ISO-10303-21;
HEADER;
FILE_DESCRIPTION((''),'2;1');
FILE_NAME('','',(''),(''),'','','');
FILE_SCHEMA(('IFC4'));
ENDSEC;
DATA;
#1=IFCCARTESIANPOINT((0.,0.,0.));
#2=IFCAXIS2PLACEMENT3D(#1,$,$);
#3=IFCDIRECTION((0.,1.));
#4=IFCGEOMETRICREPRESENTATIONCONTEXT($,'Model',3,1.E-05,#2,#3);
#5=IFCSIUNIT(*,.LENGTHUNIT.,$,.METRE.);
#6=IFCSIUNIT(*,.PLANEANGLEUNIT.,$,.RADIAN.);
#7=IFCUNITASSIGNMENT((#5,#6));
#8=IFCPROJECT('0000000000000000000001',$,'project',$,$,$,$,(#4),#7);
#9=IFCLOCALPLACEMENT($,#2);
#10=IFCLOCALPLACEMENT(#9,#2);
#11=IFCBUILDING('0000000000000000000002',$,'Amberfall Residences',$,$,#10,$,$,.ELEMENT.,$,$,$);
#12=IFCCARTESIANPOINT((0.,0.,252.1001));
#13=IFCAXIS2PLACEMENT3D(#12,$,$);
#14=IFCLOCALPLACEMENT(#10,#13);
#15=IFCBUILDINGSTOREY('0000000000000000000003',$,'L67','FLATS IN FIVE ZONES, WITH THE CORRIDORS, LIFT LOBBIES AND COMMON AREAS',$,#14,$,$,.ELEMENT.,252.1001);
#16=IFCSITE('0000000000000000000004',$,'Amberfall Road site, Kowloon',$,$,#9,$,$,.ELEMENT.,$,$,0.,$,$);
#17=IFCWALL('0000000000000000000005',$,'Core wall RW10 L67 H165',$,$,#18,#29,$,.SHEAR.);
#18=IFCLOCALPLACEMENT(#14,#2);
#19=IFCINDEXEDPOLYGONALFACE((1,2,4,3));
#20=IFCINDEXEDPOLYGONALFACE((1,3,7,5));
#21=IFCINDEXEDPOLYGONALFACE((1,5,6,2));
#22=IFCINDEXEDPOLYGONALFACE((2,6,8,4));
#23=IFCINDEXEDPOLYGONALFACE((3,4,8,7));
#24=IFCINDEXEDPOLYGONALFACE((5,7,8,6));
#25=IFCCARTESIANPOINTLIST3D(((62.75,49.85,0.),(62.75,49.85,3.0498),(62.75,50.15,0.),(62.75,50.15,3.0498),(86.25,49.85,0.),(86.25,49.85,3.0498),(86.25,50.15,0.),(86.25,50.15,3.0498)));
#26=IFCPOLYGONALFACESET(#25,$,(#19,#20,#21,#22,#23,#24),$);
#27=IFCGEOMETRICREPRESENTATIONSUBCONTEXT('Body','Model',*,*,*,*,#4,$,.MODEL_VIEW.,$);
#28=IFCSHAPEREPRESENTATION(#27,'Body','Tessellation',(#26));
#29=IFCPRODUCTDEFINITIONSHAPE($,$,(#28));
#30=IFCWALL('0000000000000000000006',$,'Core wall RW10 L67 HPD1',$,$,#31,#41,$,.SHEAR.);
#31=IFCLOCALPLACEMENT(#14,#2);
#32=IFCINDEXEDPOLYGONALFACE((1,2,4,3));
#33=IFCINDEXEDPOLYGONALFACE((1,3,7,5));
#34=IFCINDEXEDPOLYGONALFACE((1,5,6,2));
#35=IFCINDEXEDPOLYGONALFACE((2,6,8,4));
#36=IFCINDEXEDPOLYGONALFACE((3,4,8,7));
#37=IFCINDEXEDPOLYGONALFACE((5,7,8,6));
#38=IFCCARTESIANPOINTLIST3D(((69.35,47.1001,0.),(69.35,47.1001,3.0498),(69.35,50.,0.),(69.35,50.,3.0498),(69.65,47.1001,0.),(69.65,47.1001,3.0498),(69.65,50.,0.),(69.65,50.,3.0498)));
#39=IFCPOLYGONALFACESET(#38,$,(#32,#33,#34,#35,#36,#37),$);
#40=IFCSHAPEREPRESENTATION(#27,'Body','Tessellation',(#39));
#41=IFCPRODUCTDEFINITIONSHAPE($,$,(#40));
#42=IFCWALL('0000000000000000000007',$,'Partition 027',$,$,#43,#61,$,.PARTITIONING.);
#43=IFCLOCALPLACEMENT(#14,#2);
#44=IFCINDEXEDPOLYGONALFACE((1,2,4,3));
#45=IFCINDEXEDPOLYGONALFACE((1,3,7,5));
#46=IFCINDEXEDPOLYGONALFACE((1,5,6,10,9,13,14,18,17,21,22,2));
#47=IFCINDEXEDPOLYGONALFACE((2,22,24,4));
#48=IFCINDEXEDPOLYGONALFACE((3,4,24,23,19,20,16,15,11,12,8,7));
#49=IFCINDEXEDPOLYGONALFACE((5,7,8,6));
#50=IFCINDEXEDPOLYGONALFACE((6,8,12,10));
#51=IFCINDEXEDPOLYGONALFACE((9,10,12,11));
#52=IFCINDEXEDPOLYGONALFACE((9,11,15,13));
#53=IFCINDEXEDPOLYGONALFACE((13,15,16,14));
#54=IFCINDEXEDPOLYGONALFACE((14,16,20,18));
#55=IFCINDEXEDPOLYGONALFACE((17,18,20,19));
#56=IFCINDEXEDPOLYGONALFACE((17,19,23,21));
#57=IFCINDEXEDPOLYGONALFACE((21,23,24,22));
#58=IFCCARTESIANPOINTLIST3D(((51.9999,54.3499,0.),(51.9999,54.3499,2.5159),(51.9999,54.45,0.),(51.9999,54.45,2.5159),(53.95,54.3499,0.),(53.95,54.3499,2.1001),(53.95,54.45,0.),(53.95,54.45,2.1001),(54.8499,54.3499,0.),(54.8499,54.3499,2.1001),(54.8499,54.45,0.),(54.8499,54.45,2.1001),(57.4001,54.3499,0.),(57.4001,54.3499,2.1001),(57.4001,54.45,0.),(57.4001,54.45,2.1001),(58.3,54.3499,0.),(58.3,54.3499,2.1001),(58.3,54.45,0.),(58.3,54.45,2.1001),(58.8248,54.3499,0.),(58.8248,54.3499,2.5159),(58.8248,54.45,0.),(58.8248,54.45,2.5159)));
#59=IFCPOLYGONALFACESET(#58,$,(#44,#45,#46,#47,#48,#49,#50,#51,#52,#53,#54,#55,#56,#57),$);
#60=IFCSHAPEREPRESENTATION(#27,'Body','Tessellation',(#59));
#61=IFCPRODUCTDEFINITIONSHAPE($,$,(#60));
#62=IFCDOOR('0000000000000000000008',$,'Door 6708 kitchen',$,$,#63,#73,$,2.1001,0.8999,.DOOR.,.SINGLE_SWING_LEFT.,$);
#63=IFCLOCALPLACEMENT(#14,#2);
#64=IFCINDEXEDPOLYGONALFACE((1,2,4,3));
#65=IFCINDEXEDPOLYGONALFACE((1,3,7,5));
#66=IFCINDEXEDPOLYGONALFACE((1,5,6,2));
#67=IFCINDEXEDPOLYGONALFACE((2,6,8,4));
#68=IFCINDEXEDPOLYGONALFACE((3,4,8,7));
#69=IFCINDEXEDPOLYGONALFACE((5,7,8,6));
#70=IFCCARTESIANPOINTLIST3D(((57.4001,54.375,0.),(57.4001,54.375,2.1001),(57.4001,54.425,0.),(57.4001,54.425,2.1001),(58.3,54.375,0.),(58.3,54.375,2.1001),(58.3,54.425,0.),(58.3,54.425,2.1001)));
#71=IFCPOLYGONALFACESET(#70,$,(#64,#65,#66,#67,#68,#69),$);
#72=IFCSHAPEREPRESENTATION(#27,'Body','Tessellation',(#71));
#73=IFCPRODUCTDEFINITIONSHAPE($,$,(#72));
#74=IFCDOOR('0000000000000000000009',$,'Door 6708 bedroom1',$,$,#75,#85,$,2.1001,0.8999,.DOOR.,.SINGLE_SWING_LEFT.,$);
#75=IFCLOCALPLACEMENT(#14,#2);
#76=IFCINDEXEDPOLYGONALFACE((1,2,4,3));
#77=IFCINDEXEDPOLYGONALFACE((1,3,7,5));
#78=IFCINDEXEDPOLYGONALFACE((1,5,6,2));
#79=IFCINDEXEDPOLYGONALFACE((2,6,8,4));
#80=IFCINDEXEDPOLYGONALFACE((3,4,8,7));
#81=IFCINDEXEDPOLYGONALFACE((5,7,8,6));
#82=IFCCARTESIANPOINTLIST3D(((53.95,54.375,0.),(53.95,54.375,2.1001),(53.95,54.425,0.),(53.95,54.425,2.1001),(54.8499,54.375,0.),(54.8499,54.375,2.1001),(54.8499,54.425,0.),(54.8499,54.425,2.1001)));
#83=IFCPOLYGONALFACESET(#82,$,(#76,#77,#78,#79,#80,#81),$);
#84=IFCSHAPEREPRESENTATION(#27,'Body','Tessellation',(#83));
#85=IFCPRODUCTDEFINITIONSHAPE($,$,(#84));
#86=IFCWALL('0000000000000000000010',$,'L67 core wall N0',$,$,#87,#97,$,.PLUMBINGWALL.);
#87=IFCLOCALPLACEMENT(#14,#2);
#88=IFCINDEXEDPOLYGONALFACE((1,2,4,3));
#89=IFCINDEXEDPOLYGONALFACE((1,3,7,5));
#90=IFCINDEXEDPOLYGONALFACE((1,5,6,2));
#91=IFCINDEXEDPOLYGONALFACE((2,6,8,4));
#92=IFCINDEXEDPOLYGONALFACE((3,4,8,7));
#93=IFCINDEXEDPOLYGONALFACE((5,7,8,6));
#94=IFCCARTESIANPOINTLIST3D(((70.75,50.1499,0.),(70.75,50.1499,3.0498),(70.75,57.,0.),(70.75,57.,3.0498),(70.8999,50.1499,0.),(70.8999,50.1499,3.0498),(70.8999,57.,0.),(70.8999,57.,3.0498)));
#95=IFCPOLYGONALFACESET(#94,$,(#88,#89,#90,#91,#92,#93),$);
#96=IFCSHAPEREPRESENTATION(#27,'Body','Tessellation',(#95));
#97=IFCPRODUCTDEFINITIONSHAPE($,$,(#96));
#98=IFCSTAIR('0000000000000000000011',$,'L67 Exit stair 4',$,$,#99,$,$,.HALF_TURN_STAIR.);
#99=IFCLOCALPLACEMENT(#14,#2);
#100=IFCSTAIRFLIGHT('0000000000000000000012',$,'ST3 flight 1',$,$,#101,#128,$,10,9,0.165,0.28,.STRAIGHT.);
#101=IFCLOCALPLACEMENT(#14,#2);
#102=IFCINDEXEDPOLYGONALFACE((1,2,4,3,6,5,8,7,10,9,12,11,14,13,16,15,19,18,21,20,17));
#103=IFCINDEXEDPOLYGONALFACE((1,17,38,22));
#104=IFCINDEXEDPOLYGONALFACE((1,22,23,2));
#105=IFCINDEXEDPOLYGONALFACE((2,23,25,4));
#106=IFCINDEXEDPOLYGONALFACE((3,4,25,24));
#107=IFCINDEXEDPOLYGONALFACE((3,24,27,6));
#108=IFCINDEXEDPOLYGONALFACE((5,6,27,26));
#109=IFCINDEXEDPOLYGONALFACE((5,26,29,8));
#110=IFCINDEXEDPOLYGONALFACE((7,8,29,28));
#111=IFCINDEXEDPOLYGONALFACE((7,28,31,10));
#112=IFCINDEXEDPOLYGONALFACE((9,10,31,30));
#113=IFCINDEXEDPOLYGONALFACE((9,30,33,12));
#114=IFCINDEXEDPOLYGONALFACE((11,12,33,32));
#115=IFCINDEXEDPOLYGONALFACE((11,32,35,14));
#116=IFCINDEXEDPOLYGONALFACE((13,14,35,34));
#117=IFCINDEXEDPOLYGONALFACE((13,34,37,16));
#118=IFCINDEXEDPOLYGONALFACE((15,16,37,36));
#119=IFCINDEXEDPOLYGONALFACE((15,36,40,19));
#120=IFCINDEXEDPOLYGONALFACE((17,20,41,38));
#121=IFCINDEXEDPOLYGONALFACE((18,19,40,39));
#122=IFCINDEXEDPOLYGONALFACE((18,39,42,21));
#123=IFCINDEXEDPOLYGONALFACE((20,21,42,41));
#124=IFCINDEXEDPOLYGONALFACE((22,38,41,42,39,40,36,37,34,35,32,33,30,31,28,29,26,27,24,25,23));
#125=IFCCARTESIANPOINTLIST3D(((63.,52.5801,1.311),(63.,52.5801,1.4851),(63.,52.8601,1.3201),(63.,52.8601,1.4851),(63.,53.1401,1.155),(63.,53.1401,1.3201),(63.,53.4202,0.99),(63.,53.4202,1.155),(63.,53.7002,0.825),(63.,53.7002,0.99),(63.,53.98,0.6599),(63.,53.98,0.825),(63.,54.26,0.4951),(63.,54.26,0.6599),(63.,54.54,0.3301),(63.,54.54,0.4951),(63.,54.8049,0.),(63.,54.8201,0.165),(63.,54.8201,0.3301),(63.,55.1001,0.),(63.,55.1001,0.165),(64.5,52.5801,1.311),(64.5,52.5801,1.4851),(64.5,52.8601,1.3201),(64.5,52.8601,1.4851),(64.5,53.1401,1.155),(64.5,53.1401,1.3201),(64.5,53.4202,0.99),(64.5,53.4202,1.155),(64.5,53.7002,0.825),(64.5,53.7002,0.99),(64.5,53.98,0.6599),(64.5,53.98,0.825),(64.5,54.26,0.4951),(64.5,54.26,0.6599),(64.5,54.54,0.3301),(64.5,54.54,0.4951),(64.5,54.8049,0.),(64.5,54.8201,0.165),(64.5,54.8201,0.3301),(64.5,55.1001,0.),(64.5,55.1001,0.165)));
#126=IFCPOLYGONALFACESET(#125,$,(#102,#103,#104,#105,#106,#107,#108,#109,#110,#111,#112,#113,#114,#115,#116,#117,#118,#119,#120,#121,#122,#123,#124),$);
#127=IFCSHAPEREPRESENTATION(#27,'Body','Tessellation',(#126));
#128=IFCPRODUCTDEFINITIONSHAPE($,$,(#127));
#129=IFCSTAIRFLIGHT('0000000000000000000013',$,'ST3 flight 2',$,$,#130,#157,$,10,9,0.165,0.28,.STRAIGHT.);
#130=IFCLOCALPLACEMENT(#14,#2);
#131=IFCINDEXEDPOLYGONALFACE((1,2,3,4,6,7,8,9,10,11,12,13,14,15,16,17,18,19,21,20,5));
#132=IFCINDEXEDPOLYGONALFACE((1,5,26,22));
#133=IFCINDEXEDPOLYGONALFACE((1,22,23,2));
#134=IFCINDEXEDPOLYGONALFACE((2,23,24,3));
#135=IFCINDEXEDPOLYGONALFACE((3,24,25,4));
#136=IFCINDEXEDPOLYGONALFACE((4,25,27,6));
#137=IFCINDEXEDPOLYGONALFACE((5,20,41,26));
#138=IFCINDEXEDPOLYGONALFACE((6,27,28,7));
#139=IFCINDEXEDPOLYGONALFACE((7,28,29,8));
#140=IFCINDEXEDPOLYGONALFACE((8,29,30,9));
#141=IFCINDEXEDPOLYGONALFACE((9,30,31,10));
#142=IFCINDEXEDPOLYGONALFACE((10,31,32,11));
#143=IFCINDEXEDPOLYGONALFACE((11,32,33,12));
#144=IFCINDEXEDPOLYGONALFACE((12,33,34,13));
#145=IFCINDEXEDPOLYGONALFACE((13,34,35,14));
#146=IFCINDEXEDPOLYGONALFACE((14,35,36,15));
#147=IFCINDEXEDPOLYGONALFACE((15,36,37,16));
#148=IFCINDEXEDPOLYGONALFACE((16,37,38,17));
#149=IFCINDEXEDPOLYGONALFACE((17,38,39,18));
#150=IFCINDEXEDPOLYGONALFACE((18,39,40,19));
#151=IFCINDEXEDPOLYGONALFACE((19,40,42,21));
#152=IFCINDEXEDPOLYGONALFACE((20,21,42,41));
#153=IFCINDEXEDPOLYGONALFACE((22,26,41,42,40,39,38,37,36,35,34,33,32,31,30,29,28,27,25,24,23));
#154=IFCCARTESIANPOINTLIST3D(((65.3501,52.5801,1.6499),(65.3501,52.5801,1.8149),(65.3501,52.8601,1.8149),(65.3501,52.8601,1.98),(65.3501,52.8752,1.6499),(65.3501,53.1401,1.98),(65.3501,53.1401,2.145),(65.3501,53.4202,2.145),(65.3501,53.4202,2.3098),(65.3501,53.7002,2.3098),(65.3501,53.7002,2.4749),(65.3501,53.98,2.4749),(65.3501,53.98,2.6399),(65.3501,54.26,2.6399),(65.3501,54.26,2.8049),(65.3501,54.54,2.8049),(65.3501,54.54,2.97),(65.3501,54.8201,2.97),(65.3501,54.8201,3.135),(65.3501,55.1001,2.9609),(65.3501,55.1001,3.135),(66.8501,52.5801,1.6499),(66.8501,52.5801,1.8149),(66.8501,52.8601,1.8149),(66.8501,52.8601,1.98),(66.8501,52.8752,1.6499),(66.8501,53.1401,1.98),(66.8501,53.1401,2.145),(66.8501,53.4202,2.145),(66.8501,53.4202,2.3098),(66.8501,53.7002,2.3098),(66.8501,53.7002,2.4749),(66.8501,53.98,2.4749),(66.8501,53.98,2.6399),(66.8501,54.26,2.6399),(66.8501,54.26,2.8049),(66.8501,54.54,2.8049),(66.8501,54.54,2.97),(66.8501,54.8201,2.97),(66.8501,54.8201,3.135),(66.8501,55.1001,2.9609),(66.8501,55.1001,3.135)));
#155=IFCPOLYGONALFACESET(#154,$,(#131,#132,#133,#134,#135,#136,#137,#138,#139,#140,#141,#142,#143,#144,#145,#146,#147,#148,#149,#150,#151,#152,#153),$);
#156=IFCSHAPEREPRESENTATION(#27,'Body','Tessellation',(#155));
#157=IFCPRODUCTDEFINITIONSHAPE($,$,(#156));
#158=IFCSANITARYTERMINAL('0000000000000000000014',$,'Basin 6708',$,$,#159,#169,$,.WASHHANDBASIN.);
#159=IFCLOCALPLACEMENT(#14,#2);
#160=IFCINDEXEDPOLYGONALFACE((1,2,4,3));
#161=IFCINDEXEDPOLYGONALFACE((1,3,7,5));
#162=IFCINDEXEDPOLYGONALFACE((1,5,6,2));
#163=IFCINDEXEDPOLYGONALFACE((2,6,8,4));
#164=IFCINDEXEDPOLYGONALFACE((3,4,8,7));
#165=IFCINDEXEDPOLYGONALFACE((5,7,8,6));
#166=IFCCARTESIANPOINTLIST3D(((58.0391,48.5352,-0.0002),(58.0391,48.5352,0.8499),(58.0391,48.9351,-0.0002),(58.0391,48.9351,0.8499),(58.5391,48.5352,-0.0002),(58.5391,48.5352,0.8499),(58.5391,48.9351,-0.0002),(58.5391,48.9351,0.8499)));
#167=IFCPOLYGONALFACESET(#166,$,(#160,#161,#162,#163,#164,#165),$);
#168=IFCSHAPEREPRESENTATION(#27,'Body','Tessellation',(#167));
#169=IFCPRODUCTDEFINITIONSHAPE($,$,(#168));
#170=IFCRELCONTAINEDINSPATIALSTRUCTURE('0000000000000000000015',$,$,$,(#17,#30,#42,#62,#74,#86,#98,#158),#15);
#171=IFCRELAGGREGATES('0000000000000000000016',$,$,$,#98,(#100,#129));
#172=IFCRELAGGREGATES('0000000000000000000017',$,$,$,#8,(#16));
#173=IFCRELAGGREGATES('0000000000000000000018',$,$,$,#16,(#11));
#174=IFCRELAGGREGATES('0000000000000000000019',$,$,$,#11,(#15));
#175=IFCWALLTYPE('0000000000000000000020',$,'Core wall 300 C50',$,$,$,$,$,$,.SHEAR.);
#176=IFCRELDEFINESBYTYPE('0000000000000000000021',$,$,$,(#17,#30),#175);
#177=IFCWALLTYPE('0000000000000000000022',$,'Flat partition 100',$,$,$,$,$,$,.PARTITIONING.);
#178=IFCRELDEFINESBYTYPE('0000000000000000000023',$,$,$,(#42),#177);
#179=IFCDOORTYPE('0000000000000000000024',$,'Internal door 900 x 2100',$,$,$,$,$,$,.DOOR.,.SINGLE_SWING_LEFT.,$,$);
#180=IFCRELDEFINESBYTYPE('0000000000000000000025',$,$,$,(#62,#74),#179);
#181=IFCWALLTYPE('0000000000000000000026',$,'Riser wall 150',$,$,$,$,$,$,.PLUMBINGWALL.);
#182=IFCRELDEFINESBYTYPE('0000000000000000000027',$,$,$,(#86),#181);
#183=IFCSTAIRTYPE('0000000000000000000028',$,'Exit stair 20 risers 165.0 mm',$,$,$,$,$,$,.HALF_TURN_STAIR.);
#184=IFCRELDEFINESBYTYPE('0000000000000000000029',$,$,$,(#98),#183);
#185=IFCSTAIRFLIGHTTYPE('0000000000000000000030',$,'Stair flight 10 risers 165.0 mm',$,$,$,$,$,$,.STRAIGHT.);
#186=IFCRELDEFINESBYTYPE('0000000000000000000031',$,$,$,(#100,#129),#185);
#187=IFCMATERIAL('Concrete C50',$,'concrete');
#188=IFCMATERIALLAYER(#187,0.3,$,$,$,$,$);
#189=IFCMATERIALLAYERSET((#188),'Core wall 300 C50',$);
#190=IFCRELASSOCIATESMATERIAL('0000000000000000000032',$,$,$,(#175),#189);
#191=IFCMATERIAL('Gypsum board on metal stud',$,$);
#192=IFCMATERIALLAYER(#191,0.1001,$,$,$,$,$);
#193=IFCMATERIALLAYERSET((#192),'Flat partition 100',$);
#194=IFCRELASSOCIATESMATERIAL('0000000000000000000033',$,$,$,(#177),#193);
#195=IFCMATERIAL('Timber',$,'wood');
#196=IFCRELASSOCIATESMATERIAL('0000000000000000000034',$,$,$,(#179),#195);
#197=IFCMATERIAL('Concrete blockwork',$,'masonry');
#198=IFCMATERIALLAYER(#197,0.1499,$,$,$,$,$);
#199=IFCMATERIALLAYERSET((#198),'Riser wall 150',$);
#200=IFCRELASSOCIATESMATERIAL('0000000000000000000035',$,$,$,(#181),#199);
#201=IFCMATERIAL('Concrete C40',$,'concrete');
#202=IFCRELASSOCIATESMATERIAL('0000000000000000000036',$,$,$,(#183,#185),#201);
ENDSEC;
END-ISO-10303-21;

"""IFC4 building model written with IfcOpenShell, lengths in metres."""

from ifc_helpers import new_model, si_unit, direction, frame, frame_2d, origin, origin_2d, place, context, subcontext, project, spatial, polyline, rectangle, outline, extrude, material, layer, layer_set, type_object, element, fill, aggregate, save


model = new_model("IFC4")

# Units and contexts
model_context = context("Model", 3, precision=1e-05, world=origin(), true_north=direction((0.0, 1.0)))
body_context = subcontext(model_context, "Body", "Model", "MODEL_VIEW")
ifc_project = project(units=[si_unit("LENGTHUNIT", "METRE"), si_unit("PLANEANGLEUNIT", "RADIAN")], contexts=[model_context])

# Site, building, storey
site_placement = place(None, origin())
site = spatial("IfcSite", under=ifc_project, at=site_placement, Name="Amberfall Road site, Kowloon", CompositionType="ELEMENT", RefElevation=0.0)
building_placement = place(site_placement, origin())
building = spatial("IfcBuilding", under=site, at=building_placement, Name="Amberfall Residences", CompositionType="ELEMENT")
storey_placement = place(building_placement, frame((0.0, 0.0, 252.1001)))
storey = spatial("IfcBuildingStorey", under=building, at=storey_placement, Name="L67", Description="FLATS IN FIVE ZONES, WITH THE CORRIDORS, LIFT LOBBIES AND COMMON AREAS", CompositionType="ELEMENT", Elevation=252.1001)

# Walls
ifc_material_1 = material(Name="Concrete C50", Category="concrete")
ifc_layer_1 = layer(ifc_material_1, 0.3)
ifc_layer_set_1 = layer_set([ifc_layer_1], Name="Core wall 300 C50")
wall_type_1 = type_object("IfcWallType", Name="Core wall 300 C50", PredefinedType="SHEAR", material=ifc_layer_set_1)
wall_1_placement = place(storey_placement, frame((62.75, 50.0, 0.0), z_axis=(0.0, 0.0, 1.0), x_axis=(1.0, 0.0, 0.0)))
element("IfcWall", 1, at=wall_1_placement, inside=storey, type_object=wall_type_1, Name="Core wall RW10 L67 H165", PredefinedType="SHEAR", context=body_context, shape_type="SweptSolid", body=[
    extrude(rectangle(XDim=23.5, YDim=0.3, at=frame_2d((11.75, 0.0))), origin(), (0.0, 0.0, 1.0), 3.0498),
])
wall_2_placement = place(storey_placement, frame((69.5, 47.1001, 0.0), z_axis=(0.0, 0.0, 1.0), x_axis=(0.0, 1.0, 0.0)))
element("IfcWall", 2, at=wall_2_placement, inside=storey, type_object=wall_type_1, Name="Core wall RW10 L67 HPD1", PredefinedType="SHEAR", context=body_context, shape_type="SweptSolid", body=[
    extrude(rectangle(XDim=2.8999, YDim=0.3, at=frame_2d((1.45, 0.0))), origin(), (0.0, 0.0, 1.0), 3.0498),
])

# Wall, openings, doors
ifc_material_2 = material(Name="Gypsum board on metal stud")
ifc_layer_2 = layer(ifc_material_2, 0.1001)
ifc_layer_set_2 = layer_set([ifc_layer_2], Name="Flat partition 100")
wall_type_2 = type_object("IfcWallType", Name="Flat partition 100", PredefinedType="PARTITIONING", material=ifc_layer_set_2)
wall_3_placement = place(storey_placement, frame((58.825, 54.3999, 0.0), z_axis=(0.0, 0.0, 1.0), x_axis=(-1.0, 0.0, 0.0)))
wall_3 = element("IfcWall", 3, at=wall_3_placement, inside=storey, type_object=wall_type_2, Name="Partition 027", PredefinedType="PARTITIONING", context=body_context, shape_type="SweptSolid", body=[
    extrude(rectangle(XDim=6.825, YDim=0.1001, at=frame_2d((3.4126, 0.0))), origin(), (0.0, 0.0, 1.0), 2.5159),
])
opening_1_placement = place(wall_3_placement, frame((0.5249, 0.0, 0.0)))
opening_1 = element("IfcOpeningElement", 4, at=opening_1_placement, cuts=wall_3, PredefinedType="OPENING", context=body_context, shape_type="SweptSolid", body=[
    extrude(rectangle(XDim=0.8999, YDim=2.1001, at=frame_2d((0.45, 1.05))), frame((0.0, 0.0601, 0.0), z_axis=(0.0, -1.0, 0.0), x_axis=(1.0, 0.0, 0.0)), (0.0, 0.0, 1.0), 0.1201),
])
opening_2_placement = place(wall_3_placement, frame((3.9751, 0.0, 0.0)))
opening_2 = element("IfcOpeningElement", 5, at=opening_2_placement, cuts=wall_3, PredefinedType="OPENING", context=body_context, shape_type="SweptSolid", body=[
    extrude(rectangle(XDim=0.8999, YDim=2.1001, at=frame_2d((0.45, 1.05))), frame((0.0, 0.0601, 0.0), z_axis=(0.0, -1.0, 0.0), x_axis=(1.0, 0.0, 0.0)), (0.0, 0.0, 1.0), 0.1201),
])
ifc_material_3 = material(Name="Timber", Category="wood")
door_type = type_object("IfcDoorType", Name="Internal door 900 x 2100", OperationType="SINGLE_SWING_LEFT", PredefinedType="DOOR", material=ifc_material_3)
door_1_placement = place(opening_1_placement, origin())
door_1 = element("IfcDoor", 6, at=door_1_placement, inside=storey, type_object=door_type, Name="Door 6708 kitchen", OperationType="SINGLE_SWING_LEFT", OverallHeight=2.1001, OverallWidth=0.8999, PredefinedType="DOOR", context=body_context, shape_type="SweptSolid", body=[
    extrude(rectangle(XDim=0.8999, YDim=2.1001, at=frame_2d((0.45, 1.05))), frame((0.0, 0.0249, 0.0), z_axis=(0.0, -1.0, 0.0), x_axis=(1.0, 0.0, 0.0)), (0.0, 0.0, 1.0), 0.05),
])
fill(opening_1, door_1)
door_2_placement = place(opening_2_placement, origin())
door_2 = element("IfcDoor", 7, at=door_2_placement, inside=storey, type_object=door_type, Name="Door 6708 bedroom1", OperationType="SINGLE_SWING_LEFT", OverallHeight=2.1001, OverallWidth=0.8999, PredefinedType="DOOR", context=body_context, shape_type="SweptSolid", body=[
    extrude(rectangle(XDim=0.8999, YDim=2.1001, at=frame_2d((0.45, 1.05))), frame((0.0, 0.0249, 0.0), z_axis=(0.0, -1.0, 0.0), x_axis=(1.0, 0.0, 0.0)), (0.0, 0.0, 1.0), 0.05),
])
fill(opening_2, door_2)

# Wall
ifc_material_4 = material(Name="Concrete blockwork", Category="masonry")
ifc_layer_3 = layer(ifc_material_4, 0.1499)
ifc_layer_set_3 = layer_set([ifc_layer_3], Name="Riser wall 150")
wall_type_3 = type_object("IfcWallType", Name="Riser wall 150", PredefinedType="PLUMBINGWALL", material=ifc_layer_set_3)
wall_4_placement = place(storey_placement, frame((70.825, 50.1499, 0.0), z_axis=(0.0, 0.0, 1.0), x_axis=(0.0, 1.0, 0.0)))
element("IfcWall", 8, at=wall_4_placement, inside=storey, type_object=wall_type_3, Name="L67 core wall N0", PredefinedType="PLUMBINGWALL", context=body_context, shape_type="SweptSolid", body=[
    extrude(rectangle(XDim=6.8501, YDim=0.1499, at=frame_2d((3.425, 0.0))), origin(), (0.0, 0.0, 1.0), 3.0498),
])

# Stair, stair flights
ifc_material_5 = material(Name="Concrete C40", Category="concrete")
stair_type = type_object("IfcStairType", Name="Exit stair 20 risers 165.0 mm", PredefinedType="HALF_TURN_STAIR", material=ifc_material_5)
stair_placement = place(storey_placement, origin())
stair = element("IfcStair", 9, at=stair_placement, inside=storey, type_object=stair_type, Name="L67 Exit stair 4", PredefinedType="HALF_TURN_STAIR")
stair_flight_type = type_object("IfcStairFlightType", Name="Stair flight 10 risers 165.0 mm", PredefinedType="STRAIGHT", material=ifc_material_5)
stair_flight_1_placement = place(storey_placement, frame((63.75, 55.1001, 0.0), z_axis=(0.0, 0.0, 1.0), x_axis=(0.0, -1.0, 0.0)))
stair_flight_1 = element("IfcStairFlight", 10, at=stair_flight_1_placement, type_object=stair_flight_type, Name="ST3 flight 1", NumberOfRisers=10, NumberOfTreads=9, PredefinedType="STRAIGHT", RiserHeight=0.165, TreadLength=0.28, context=body_context, shape_type="SweptSolid", body=[
    extrude(outline(polyline([(0.0, 0.0), (0.0, 0.165), (0.28, 0.165), (0.28, 0.3301), (0.5601, 0.3301), (0.5601, 0.4951), (0.8401, 0.4951), (0.8401, 0.6599), (1.1201, 0.6599), (1.1201, 0.825), (1.3999, 0.825), (1.3999, 0.99), (1.6799, 0.99), (1.6799, 1.155), (1.96, 1.155), (1.96, 1.3201), (2.24, 1.3201), (2.24, 1.4851), (2.52, 1.4851), (2.52, 1.6499), (2.52, 1.311), (0.2952, 0.0), (0.0, 0.0)])), frame((0.0, 0.75, 0.0), z_axis=(0.0, -1.0, 0.0), x_axis=(1.0, 0.0, 0.0)), (0.0, 0.0, 1.0), 1.5),
])
stair_flight_2_placement = place(storey_placement, frame((66.1001, 52.5801, 1.6499), z_axis=(0.0, 0.0, 1.0), x_axis=(0.0, 1.0, 0.0)))
stair_flight_2 = element("IfcStairFlight", 11, at=stair_flight_2_placement, type_object=stair_flight_type, Name="ST3 flight 2", NumberOfRisers=10, NumberOfTreads=9, PredefinedType="STRAIGHT", RiserHeight=0.165, TreadLength=0.28, context=body_context, shape_type="SweptSolid", body=[
    extrude(outline(polyline([(0.0, 0.0), (0.0, 0.165), (0.28, 0.165), (0.28, 0.3301), (0.5601, 0.3301), (0.5601, 0.4951), (0.8401, 0.4951), (0.8401, 0.6599), (1.1201, 0.6599), (1.1201, 0.825), (1.3999, 0.825), (1.3999, 0.99), (1.6799, 0.99), (1.6799, 1.155), (1.96, 1.155), (1.96, 1.3201), (2.24, 1.3201), (2.24, 1.4851), (2.52, 1.4851), (2.52, 1.6499), (2.52, 1.311), (0.2952, 0.0), (0.0, 0.0)])), frame((0.0, 0.75, 0.0), z_axis=(0.0, -1.0, 0.0), x_axis=(1.0, 0.0, 0.0)), (0.0, 0.0, 1.0), 1.5),
])
aggregate(stair, [stair_flight_1, stair_flight_2])

# Sanitary terminal
sanitary_terminal_placement = place(storey_placement, frame((58.2891, 48.7351, -0.0002), z_axis=(0.0, 0.0, 1.0), x_axis=(1.0, 0.0, 0.0)))
element("IfcSanitaryTerminal", 12, at=sanitary_terminal_placement, inside=storey, Name="Basin 6708", PredefinedType="WASHHANDBASIN", context=body_context, shape_type="SweptSolid", body=[
    extrude(rectangle(XDim=0.5, YDim=0.3999, at=origin_2d()), origin(), (0.0, 0.0, 1.0), 0.8501),
])

save(model, "model.ifc")
